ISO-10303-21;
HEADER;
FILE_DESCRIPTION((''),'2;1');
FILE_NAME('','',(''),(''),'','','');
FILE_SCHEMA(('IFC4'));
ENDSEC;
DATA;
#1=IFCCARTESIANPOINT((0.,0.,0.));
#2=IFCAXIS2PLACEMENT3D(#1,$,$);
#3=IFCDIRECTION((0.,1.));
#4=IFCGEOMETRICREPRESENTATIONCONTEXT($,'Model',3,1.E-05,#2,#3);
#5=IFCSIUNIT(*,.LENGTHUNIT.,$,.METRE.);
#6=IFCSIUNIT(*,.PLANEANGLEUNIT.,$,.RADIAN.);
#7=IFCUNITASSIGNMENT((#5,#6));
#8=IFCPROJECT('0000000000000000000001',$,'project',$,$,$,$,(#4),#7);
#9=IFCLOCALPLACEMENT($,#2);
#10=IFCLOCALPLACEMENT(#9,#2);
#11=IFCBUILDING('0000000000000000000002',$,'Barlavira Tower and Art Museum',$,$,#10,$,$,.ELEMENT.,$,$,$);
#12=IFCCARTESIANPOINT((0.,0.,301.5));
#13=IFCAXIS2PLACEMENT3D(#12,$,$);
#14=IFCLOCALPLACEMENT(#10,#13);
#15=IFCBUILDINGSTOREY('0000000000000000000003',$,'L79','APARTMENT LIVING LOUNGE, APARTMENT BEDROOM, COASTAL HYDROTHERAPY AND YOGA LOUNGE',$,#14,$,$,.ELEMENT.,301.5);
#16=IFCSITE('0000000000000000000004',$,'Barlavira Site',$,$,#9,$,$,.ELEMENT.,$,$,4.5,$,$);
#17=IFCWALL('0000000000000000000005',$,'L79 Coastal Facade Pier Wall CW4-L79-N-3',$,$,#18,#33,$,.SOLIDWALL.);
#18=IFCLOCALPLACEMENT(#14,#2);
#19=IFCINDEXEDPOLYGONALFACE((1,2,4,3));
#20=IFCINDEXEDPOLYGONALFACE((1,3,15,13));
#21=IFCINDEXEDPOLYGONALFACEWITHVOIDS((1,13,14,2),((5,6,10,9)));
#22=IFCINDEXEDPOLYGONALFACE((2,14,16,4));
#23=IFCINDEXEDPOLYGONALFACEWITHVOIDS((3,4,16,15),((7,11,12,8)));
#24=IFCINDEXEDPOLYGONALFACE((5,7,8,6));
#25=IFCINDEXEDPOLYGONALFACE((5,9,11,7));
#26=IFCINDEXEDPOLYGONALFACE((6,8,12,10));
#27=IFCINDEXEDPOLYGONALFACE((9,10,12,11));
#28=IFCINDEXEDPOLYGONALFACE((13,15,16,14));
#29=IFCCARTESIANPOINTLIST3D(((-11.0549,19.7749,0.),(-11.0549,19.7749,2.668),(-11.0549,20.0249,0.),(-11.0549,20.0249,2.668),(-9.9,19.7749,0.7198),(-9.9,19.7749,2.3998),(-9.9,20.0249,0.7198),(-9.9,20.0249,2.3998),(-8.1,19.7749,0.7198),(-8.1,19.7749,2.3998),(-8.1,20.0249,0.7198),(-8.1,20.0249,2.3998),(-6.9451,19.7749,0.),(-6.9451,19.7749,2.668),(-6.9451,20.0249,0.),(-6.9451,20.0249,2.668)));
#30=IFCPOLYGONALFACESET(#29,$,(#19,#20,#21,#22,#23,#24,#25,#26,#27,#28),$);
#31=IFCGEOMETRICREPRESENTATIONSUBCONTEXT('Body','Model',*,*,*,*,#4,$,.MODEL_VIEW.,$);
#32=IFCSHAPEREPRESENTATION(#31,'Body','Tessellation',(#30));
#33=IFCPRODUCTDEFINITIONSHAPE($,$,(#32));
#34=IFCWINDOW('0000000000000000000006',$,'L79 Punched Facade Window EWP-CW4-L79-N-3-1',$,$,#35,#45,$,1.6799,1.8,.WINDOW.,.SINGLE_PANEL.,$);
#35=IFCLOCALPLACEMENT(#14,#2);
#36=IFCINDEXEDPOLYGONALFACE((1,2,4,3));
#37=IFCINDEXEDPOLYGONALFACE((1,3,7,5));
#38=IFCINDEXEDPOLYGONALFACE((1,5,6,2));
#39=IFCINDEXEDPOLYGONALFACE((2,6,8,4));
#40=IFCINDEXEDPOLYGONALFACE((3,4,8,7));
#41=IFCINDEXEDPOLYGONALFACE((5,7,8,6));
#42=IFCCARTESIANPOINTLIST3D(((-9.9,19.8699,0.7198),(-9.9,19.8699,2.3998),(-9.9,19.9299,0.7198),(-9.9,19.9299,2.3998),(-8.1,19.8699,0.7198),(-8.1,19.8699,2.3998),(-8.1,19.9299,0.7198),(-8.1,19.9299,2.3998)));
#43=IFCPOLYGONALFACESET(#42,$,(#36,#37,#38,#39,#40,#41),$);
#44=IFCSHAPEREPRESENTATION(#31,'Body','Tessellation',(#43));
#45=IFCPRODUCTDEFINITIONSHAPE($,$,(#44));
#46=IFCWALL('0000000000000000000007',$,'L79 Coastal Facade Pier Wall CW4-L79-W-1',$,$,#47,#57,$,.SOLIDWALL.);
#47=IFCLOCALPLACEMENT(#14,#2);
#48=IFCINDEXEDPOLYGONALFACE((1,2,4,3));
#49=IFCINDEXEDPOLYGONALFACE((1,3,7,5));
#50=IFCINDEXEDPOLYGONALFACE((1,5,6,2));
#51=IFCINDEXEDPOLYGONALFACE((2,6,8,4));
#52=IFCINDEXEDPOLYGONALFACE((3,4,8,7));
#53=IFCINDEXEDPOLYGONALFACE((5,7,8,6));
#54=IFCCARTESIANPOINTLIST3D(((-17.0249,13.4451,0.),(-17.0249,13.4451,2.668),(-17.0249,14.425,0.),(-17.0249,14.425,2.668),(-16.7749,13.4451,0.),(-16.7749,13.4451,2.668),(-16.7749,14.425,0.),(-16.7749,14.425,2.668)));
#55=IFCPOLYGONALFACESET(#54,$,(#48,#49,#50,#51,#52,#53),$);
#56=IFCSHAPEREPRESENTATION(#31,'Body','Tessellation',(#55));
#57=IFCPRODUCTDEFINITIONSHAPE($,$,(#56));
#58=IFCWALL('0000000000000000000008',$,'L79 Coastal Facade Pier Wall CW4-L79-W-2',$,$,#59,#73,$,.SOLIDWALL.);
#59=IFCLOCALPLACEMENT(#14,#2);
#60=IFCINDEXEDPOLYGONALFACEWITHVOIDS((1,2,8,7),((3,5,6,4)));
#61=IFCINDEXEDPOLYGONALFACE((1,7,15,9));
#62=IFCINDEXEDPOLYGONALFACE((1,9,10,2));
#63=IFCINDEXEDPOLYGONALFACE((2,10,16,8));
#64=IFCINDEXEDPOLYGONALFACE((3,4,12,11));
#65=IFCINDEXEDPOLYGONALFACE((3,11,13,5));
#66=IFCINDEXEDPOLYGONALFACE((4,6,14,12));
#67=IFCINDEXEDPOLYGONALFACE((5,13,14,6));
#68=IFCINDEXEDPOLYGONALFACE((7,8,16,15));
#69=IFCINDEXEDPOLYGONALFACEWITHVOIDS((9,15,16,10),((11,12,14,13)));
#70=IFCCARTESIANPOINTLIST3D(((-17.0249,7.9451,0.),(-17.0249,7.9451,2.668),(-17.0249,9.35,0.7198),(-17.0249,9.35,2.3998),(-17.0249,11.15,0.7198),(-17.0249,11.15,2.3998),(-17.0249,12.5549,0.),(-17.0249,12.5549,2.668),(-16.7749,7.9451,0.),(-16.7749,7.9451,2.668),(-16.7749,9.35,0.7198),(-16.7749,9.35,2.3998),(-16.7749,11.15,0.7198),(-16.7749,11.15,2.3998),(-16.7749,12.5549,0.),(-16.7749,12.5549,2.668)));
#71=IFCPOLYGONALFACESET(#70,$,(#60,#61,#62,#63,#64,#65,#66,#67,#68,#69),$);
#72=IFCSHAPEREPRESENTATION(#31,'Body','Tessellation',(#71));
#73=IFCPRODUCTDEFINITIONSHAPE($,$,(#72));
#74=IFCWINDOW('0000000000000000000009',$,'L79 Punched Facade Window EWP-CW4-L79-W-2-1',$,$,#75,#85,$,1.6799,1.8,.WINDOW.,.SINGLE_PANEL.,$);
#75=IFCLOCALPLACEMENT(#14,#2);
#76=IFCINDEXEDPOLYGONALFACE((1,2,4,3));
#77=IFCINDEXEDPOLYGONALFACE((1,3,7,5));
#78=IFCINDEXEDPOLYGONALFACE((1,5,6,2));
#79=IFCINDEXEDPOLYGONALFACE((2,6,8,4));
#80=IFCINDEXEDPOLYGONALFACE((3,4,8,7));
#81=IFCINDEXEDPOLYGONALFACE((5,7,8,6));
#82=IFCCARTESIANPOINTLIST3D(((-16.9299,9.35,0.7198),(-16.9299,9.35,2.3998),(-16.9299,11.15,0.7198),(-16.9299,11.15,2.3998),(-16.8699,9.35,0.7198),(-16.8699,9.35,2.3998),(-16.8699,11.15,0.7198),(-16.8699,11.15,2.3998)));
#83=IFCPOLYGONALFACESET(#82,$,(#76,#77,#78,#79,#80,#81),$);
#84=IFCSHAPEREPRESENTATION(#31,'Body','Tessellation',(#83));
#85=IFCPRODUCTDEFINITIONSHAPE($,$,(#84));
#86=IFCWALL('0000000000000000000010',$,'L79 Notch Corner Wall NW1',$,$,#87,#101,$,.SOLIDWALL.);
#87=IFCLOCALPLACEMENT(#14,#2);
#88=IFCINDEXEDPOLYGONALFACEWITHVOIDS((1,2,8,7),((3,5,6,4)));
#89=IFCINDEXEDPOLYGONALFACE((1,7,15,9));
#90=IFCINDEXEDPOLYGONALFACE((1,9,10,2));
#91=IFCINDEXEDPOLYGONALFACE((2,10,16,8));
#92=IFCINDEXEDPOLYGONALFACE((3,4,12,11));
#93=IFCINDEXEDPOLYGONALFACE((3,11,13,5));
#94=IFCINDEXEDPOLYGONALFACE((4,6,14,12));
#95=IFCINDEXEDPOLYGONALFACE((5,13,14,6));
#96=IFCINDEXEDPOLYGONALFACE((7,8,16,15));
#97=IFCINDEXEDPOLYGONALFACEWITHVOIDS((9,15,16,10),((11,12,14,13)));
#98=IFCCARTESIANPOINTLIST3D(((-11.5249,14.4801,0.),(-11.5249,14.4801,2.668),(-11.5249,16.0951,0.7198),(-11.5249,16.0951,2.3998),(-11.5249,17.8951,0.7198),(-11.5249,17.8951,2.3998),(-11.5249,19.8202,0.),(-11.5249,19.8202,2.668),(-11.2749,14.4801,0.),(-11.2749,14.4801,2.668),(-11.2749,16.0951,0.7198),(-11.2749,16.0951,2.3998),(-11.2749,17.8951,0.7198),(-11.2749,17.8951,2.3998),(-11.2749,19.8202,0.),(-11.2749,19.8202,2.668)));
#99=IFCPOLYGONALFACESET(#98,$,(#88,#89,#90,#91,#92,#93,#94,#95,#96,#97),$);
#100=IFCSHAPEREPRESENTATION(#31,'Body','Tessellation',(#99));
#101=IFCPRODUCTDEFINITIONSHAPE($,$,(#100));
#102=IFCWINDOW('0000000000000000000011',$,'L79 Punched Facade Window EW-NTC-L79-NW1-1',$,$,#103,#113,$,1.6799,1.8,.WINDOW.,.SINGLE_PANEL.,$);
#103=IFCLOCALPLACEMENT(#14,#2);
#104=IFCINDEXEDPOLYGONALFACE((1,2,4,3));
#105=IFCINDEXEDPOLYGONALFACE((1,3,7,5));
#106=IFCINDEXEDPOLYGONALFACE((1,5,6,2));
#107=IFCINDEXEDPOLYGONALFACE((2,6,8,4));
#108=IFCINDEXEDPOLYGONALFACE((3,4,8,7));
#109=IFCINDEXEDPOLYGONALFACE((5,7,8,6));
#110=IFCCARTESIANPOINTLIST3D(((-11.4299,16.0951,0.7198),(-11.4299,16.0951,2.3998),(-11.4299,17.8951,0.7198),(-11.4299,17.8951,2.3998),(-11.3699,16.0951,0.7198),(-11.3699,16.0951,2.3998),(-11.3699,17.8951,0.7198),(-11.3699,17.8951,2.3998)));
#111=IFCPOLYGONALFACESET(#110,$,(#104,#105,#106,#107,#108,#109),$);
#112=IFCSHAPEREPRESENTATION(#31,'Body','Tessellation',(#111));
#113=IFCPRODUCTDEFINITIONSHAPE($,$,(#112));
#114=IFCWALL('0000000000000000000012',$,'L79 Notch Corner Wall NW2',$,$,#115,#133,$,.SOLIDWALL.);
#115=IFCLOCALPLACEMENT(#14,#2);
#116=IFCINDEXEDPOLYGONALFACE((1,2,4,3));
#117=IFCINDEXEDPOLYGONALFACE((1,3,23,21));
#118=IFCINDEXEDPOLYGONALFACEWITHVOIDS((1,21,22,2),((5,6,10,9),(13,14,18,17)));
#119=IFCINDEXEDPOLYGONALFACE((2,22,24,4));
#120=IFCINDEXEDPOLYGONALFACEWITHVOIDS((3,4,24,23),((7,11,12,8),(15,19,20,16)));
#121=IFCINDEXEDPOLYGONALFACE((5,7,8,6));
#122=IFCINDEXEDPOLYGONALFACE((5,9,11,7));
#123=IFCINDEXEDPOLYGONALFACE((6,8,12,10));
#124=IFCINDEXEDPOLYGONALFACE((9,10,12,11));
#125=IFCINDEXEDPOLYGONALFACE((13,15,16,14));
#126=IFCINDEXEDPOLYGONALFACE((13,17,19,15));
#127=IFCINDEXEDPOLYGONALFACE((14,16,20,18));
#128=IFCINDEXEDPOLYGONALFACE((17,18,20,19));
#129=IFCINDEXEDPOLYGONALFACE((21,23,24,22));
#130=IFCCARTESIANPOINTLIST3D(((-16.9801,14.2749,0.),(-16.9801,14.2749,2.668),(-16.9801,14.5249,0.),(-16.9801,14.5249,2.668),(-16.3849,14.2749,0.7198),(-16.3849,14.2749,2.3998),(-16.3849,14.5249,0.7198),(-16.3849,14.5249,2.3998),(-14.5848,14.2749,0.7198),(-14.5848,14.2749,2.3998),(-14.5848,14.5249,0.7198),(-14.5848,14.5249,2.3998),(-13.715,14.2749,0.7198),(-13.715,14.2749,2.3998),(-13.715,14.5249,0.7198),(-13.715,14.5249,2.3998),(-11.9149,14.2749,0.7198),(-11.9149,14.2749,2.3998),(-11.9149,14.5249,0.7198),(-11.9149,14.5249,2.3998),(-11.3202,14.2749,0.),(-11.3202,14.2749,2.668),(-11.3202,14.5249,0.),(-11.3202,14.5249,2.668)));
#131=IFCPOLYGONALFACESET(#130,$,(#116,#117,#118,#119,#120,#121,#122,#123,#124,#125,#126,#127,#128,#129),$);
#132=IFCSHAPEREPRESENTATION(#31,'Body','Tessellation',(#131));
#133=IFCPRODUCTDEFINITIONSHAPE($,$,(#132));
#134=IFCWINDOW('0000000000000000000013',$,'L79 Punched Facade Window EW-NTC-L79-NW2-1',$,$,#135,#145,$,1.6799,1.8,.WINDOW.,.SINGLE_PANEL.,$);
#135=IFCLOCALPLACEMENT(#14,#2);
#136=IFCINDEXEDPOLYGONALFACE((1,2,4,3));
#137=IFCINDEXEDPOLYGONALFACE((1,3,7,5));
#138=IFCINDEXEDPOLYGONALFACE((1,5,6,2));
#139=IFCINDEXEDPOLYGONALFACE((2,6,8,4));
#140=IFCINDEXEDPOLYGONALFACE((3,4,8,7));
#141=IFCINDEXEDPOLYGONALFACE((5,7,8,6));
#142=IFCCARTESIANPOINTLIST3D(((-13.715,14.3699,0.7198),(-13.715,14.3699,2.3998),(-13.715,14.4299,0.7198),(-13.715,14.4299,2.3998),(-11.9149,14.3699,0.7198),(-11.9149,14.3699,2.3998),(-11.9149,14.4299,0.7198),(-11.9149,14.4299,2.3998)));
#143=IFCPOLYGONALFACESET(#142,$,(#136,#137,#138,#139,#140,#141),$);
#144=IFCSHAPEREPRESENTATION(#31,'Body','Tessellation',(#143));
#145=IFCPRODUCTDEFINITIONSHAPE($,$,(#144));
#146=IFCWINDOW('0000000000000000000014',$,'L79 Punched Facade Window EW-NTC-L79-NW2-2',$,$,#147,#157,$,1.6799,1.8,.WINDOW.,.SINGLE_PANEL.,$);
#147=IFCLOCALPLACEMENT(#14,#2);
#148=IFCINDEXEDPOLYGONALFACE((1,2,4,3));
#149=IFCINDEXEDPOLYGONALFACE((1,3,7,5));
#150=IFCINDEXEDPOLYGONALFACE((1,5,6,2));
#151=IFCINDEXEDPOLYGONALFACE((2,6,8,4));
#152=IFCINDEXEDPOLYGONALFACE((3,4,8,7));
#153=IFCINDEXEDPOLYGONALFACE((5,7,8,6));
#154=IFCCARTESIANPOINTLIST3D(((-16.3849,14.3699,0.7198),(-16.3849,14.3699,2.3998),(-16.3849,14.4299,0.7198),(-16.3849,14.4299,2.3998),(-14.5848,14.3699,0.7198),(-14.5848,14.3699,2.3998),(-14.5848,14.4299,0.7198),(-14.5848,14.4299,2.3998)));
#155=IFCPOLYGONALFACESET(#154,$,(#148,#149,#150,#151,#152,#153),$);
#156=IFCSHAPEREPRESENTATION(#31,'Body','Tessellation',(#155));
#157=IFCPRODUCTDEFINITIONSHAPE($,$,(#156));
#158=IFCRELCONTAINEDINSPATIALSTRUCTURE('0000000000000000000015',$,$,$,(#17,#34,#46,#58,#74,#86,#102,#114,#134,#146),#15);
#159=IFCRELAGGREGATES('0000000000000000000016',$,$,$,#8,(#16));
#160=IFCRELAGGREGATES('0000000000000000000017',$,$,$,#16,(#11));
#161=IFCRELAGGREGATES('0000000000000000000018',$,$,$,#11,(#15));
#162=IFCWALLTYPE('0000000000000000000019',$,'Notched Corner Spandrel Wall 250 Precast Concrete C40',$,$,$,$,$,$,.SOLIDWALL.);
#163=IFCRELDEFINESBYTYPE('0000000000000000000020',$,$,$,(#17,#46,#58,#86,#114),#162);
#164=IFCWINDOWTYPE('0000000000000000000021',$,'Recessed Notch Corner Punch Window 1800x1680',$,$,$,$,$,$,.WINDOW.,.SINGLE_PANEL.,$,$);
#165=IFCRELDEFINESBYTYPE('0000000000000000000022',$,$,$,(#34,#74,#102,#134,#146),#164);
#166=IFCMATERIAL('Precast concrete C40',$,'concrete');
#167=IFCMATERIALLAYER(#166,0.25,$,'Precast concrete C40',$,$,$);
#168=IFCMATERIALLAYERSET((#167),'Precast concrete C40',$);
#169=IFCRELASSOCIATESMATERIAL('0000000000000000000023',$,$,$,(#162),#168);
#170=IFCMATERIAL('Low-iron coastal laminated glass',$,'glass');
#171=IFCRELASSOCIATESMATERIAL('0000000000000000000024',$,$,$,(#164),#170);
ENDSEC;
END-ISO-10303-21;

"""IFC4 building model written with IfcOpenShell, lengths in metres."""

from ifc_helpers import new_model, si_unit, direction, frame, frame_2d, origin, place, context, subcontext, project, spatial, rectangle, extrude, material, layer, layer_set, type_object, element, fill, save


model = new_model("IFC4")

# Units and contexts
model_context = context("Model", 3, precision=1e-05, world=origin(), true_north=direction((0.0, 1.0)))
body_context = subcontext(model_context, "Body", "Model", "MODEL_VIEW")
ifc_project = project(units=[si_unit("LENGTHUNIT", "METRE"), si_unit("PLANEANGLEUNIT", "RADIAN")], contexts=[model_context])

# Site, building, storey
site_placement = place(None, origin())
site = spatial("IfcSite", under=ifc_project, at=site_placement, Name="Barlavira Site", CompositionType="ELEMENT", RefElevation=4.5)
building_placement = place(site_placement, origin())
building = spatial("IfcBuilding", under=site, at=building_placement, Name="Barlavira Tower and Art Museum", CompositionType="ELEMENT")
storey_placement = place(building_placement, frame((0.0, 0.0, 301.5)))
storey = spatial("IfcBuildingStorey", under=building, at=storey_placement, Name="L79", Description="APARTMENT LIVING LOUNGE, APARTMENT BEDROOM, COASTAL HYDROTHERAPY AND YOGA LOUNGE", CompositionType="ELEMENT", Elevation=301.5)

# Wall, opening, window
ifc_material_1 = material(Name="Precast concrete C40", Category="concrete")
ifc_layer_1 = layer(ifc_material_1, 0.25, Name="Precast concrete C40")
ifc_layer_set_1 = layer_set([ifc_layer_1], Name="Precast concrete C40")
wall_type_1 = type_object("IfcWallType", Name="Notched Corner Spandrel Wall 250 Precast Concrete C40", PredefinedType="SOLIDWALL", material=ifc_layer_set_1)
wall_1_placement = place(storey_placement, frame((-6.9451, 19.8999, 0.0), z_axis=(0.0, 0.0, 1.0), x_axis=(-1.0, 0.0, 0.0)))
wall_1 = element("IfcWall", 1, at=wall_1_placement, inside=storey, type_object=wall_type_1, Name="L79 Coastal Facade Pier Wall CW4-L79-N-3", PredefinedType="SOLIDWALL", context=body_context, shape_type="SweptSolid", body=[
    extrude(rectangle(XDim=4.1099, YDim=0.25, at=frame_2d((2.0549, 0.0))), origin(), (0.0, 0.0, 1.0), 2.668),
])
opening_1_placement = place(wall_1_placement, frame((1.155, 0.0, 0.72)))
opening_1 = element("IfcOpeningElement", 2, at=opening_1_placement, cuts=wall_1, PredefinedType="OPENING", context=body_context, shape_type="SweptSolid", body=[
    extrude(rectangle(XDim=1.8, YDim=1.6799, at=frame_2d((0.8999, 0.8398))), frame((0.0, 0.135, 0.0), z_axis=(0.0, -1.0, 0.0), x_axis=(1.0, 0.0, 0.0)), (0.0, 0.0, 1.0), 0.27),
])
ifc_material_2 = material(Name="Low-iron coastal laminated glass", Category="glass")
window_type = type_object("IfcWindowType", Name="Recessed Notch Corner Punch Window 1800x1680", PartitioningType="SINGLE_PANEL", PredefinedType="WINDOW", material=ifc_material_2)
window_1_placement = place(opening_1_placement, origin())
window_1 = element("IfcWindow", 3, at=window_1_placement, inside=storey, type_object=window_type, Name="L79 Punched Facade Window EWP-CW4-L79-N-3-1", OverallHeight=1.6799, OverallWidth=1.8, PartitioningType="SINGLE_PANEL", PredefinedType="WINDOW", context=body_context, shape_type="SweptSolid", body=[
    extrude(rectangle(XDim=1.8, YDim=1.6799, at=frame_2d((0.8999, 0.8398))), frame((0.0, 0.03, 0.0), z_axis=(0.0, -1.0, 0.0), x_axis=(1.0, 0.0, 0.0)), (0.0, 0.0, 1.0), 0.0601),
])
fill(opening_1, window_1)

# Wall
wall_2_placement = place(storey_placement, frame((-16.8999, 14.425, 0.0), z_axis=(0.0, 0.0, 1.0), x_axis=(0.0, -1.0, 0.0)))
element("IfcWall", 4, at=wall_2_placement, inside=storey, type_object=wall_type_1, Name="L79 Coastal Facade Pier Wall CW4-L79-W-1", PredefinedType="SOLIDWALL", context=body_context, shape_type="SweptSolid", body=[
    extrude(rectangle(XDim=0.98, YDim=0.25, at=frame_2d((0.49, 0.0))), origin(), (0.0, 0.0, 1.0), 2.668),
])

# Walls, openings, windows
wall_3_placement = place(storey_placement, frame((-16.8999, 12.5549, 0.0), z_axis=(0.0, 0.0, 1.0), x_axis=(0.0, -1.0, 0.0)))
wall_3 = element("IfcWall", 5, at=wall_3_placement, inside=storey, type_object=wall_type_1, Name="L79 Coastal Facade Pier Wall CW4-L79-W-2", PredefinedType="SOLIDWALL", context=body_context, shape_type="SweptSolid", body=[
    extrude(rectangle(XDim=4.6099, YDim=0.25, at=frame_2d((2.3049, 0.0))), origin(), (0.0, 0.0, 1.0), 2.668),
])
opening_2_placement = place(wall_3_placement, frame((1.405, 0.0, 0.72)))
opening_2 = element("IfcOpeningElement", 6, at=opening_2_placement, cuts=wall_3, PredefinedType="OPENING", context=body_context, shape_type="SweptSolid", body=[
    extrude(rectangle(XDim=1.8, YDim=1.6799, at=frame_2d((0.8999, 0.8398))), frame((0.0, 0.135, 0.0), z_axis=(0.0, -1.0, 0.0), x_axis=(1.0, 0.0, 0.0)), (0.0, 0.0, 1.0), 0.27),
])
window_2_placement = place(opening_2_placement, origin())
window_2 = element("IfcWindow", 7, at=window_2_placement, inside=storey, type_object=window_type, Name="L79 Punched Facade Window EWP-CW4-L79-W-2-1", OverallHeight=1.6799, OverallWidth=1.8, PartitioningType="SINGLE_PANEL", PredefinedType="WINDOW", context=body_context, shape_type="SweptSolid", body=[
    extrude(rectangle(XDim=1.8, YDim=1.6799, at=frame_2d((0.8999, 0.8398))), frame((0.0, 0.03, 0.0), z_axis=(0.0, -1.0, 0.0), x_axis=(1.0, 0.0, 0.0)), (0.0, 0.0, 1.0), 0.0601),
])
fill(opening_2, window_2)
wall_4_placement = place(storey_placement, frame((-11.3999, 19.8201, 0.0), z_axis=(0.0, 0.0, 1.0), x_axis=(0.0, -1.0, 0.0)))
wall_4 = element("IfcWall", 8, at=wall_4_placement, inside=storey, type_object=wall_type_1, Name="L79 Notch Corner Wall NW1", PredefinedType="SOLIDWALL", context=body_context, shape_type="SweptSolid", body=[
    extrude(rectangle(XDim=5.3401, YDim=0.25, at=frame_2d((2.6699, 0.0))), origin(), (0.0, 0.0, 1.0), 2.668),
])
opening_3_placement = place(wall_4_placement, frame((1.925, 0.0, 0.72)))
opening_3 = element("IfcOpeningElement", 9, at=opening_3_placement, cuts=wall_4, PredefinedType="OPENING", context=body_context, shape_type="SweptSolid", body=[
    extrude(rectangle(XDim=1.8, YDim=1.6799, at=frame_2d((0.8999, 0.8398))), frame((0.0, 0.135, 0.0), z_axis=(0.0, -1.0, 0.0), x_axis=(1.0, 0.0, 0.0)), (0.0, 0.0, 1.0), 0.27),
])
window_3_placement = place(opening_3_placement, origin())
window_3 = element("IfcWindow", 10, at=window_3_placement, inside=storey, type_object=window_type, Name="L79 Punched Facade Window EW-NTC-L79-NW1-1", OverallHeight=1.6799, OverallWidth=1.8, PartitioningType="SINGLE_PANEL", PredefinedType="WINDOW", context=body_context, shape_type="SweptSolid", body=[
    extrude(rectangle(XDim=1.8, YDim=1.6799, at=frame_2d((0.8999, 0.8398))), frame((0.0, 0.03, 0.0), z_axis=(0.0, -1.0, 0.0), x_axis=(1.0, 0.0, 0.0)), (0.0, 0.0, 1.0), 0.0601),
])
fill(opening_3, window_3)

# Wall, openings, windows
wall_5_placement = place(storey_placement, frame((-11.3201, 14.3999, 0.0), z_axis=(0.0, 0.0, 1.0), x_axis=(-1.0, 0.0, 0.0)))
wall_5 = element("IfcWall", 11, at=wall_5_placement, inside=storey, type_object=wall_type_1, Name="L79 Notch Corner Wall NW2", PredefinedType="SOLIDWALL", context=body_context, shape_type="SweptSolid", body=[
    extrude(rectangle(XDim=5.6599, YDim=0.25, at=frame_2d((2.8301, 0.0))), origin(), (0.0, 0.0, 1.0), 2.668),
])
opening_4_placement = place(wall_5_placement, frame((0.595, 0.0, 0.72)))
opening_4 = element("IfcOpeningElement", 12, at=opening_4_placement, cuts=wall_5, PredefinedType="OPENING", context=body_context, shape_type="SweptSolid", body=[
    extrude(rectangle(XDim=1.8, YDim=1.6799, at=frame_2d((0.8999, 0.8398))), frame((0.0, 0.135, 0.0), z_axis=(0.0, -1.0, 0.0), x_axis=(1.0, 0.0, 0.0)), (0.0, 0.0, 1.0), 0.27),
])
opening_5_placement = place(wall_5_placement, frame((3.2649, 0.0, 0.72)))
opening_5 = element("IfcOpeningElement", 13, at=opening_5_placement, cuts=wall_5, PredefinedType="OPENING", context=body_context, shape_type="SweptSolid", body=[
    extrude(rectangle(XDim=1.8, YDim=1.6799, at=frame_2d((0.8999, 0.8398))), frame((0.0, 0.135, 0.0), z_axis=(0.0, -1.0, 0.0), x_axis=(1.0, 0.0, 0.0)), (0.0, 0.0, 1.0), 0.27),
])
window_4_placement = place(opening_4_placement, origin())
window_4 = element("IfcWindow", 14, at=window_4_placement, inside=storey, type_object=window_type, Name="L79 Punched Facade Window EW-NTC-L79-NW2-1", OverallHeight=1.6799, OverallWidth=1.8, PartitioningType="SINGLE_PANEL", PredefinedType="WINDOW", context=body_context, shape_type="SweptSolid", body=[
    extrude(rectangle(XDim=1.8, YDim=1.6799, at=frame_2d((0.8999, 0.8398))), frame((0.0, 0.03, 0.0), z_axis=(0.0, -1.0, 0.0), x_axis=(1.0, 0.0, 0.0)), (0.0, 0.0, 1.0), 0.0601),
])
fill(opening_4, window_4)
window_5_placement = place(opening_5_placement, origin())
window_5 = element("IfcWindow", 15, at=window_5_placement, inside=storey, type_object=window_type, Name="L79 Punched Facade Window EW-NTC-L79-NW2-2", OverallHeight=1.6799, OverallWidth=1.8, PartitioningType="SINGLE_PANEL", PredefinedType="WINDOW", context=body_context, shape_type="SweptSolid", body=[
    extrude(rectangle(XDim=1.8, YDim=1.6799, at=frame_2d((0.8999, 0.8398))), frame((0.0, 0.03, 0.0), z_axis=(0.0, -1.0, 0.0), x_axis=(1.0, 0.0, 0.0)), (0.0, 0.0, 1.0), 0.0601),
])
fill(opening_5, window_5)

save(model, "model.ifc")
